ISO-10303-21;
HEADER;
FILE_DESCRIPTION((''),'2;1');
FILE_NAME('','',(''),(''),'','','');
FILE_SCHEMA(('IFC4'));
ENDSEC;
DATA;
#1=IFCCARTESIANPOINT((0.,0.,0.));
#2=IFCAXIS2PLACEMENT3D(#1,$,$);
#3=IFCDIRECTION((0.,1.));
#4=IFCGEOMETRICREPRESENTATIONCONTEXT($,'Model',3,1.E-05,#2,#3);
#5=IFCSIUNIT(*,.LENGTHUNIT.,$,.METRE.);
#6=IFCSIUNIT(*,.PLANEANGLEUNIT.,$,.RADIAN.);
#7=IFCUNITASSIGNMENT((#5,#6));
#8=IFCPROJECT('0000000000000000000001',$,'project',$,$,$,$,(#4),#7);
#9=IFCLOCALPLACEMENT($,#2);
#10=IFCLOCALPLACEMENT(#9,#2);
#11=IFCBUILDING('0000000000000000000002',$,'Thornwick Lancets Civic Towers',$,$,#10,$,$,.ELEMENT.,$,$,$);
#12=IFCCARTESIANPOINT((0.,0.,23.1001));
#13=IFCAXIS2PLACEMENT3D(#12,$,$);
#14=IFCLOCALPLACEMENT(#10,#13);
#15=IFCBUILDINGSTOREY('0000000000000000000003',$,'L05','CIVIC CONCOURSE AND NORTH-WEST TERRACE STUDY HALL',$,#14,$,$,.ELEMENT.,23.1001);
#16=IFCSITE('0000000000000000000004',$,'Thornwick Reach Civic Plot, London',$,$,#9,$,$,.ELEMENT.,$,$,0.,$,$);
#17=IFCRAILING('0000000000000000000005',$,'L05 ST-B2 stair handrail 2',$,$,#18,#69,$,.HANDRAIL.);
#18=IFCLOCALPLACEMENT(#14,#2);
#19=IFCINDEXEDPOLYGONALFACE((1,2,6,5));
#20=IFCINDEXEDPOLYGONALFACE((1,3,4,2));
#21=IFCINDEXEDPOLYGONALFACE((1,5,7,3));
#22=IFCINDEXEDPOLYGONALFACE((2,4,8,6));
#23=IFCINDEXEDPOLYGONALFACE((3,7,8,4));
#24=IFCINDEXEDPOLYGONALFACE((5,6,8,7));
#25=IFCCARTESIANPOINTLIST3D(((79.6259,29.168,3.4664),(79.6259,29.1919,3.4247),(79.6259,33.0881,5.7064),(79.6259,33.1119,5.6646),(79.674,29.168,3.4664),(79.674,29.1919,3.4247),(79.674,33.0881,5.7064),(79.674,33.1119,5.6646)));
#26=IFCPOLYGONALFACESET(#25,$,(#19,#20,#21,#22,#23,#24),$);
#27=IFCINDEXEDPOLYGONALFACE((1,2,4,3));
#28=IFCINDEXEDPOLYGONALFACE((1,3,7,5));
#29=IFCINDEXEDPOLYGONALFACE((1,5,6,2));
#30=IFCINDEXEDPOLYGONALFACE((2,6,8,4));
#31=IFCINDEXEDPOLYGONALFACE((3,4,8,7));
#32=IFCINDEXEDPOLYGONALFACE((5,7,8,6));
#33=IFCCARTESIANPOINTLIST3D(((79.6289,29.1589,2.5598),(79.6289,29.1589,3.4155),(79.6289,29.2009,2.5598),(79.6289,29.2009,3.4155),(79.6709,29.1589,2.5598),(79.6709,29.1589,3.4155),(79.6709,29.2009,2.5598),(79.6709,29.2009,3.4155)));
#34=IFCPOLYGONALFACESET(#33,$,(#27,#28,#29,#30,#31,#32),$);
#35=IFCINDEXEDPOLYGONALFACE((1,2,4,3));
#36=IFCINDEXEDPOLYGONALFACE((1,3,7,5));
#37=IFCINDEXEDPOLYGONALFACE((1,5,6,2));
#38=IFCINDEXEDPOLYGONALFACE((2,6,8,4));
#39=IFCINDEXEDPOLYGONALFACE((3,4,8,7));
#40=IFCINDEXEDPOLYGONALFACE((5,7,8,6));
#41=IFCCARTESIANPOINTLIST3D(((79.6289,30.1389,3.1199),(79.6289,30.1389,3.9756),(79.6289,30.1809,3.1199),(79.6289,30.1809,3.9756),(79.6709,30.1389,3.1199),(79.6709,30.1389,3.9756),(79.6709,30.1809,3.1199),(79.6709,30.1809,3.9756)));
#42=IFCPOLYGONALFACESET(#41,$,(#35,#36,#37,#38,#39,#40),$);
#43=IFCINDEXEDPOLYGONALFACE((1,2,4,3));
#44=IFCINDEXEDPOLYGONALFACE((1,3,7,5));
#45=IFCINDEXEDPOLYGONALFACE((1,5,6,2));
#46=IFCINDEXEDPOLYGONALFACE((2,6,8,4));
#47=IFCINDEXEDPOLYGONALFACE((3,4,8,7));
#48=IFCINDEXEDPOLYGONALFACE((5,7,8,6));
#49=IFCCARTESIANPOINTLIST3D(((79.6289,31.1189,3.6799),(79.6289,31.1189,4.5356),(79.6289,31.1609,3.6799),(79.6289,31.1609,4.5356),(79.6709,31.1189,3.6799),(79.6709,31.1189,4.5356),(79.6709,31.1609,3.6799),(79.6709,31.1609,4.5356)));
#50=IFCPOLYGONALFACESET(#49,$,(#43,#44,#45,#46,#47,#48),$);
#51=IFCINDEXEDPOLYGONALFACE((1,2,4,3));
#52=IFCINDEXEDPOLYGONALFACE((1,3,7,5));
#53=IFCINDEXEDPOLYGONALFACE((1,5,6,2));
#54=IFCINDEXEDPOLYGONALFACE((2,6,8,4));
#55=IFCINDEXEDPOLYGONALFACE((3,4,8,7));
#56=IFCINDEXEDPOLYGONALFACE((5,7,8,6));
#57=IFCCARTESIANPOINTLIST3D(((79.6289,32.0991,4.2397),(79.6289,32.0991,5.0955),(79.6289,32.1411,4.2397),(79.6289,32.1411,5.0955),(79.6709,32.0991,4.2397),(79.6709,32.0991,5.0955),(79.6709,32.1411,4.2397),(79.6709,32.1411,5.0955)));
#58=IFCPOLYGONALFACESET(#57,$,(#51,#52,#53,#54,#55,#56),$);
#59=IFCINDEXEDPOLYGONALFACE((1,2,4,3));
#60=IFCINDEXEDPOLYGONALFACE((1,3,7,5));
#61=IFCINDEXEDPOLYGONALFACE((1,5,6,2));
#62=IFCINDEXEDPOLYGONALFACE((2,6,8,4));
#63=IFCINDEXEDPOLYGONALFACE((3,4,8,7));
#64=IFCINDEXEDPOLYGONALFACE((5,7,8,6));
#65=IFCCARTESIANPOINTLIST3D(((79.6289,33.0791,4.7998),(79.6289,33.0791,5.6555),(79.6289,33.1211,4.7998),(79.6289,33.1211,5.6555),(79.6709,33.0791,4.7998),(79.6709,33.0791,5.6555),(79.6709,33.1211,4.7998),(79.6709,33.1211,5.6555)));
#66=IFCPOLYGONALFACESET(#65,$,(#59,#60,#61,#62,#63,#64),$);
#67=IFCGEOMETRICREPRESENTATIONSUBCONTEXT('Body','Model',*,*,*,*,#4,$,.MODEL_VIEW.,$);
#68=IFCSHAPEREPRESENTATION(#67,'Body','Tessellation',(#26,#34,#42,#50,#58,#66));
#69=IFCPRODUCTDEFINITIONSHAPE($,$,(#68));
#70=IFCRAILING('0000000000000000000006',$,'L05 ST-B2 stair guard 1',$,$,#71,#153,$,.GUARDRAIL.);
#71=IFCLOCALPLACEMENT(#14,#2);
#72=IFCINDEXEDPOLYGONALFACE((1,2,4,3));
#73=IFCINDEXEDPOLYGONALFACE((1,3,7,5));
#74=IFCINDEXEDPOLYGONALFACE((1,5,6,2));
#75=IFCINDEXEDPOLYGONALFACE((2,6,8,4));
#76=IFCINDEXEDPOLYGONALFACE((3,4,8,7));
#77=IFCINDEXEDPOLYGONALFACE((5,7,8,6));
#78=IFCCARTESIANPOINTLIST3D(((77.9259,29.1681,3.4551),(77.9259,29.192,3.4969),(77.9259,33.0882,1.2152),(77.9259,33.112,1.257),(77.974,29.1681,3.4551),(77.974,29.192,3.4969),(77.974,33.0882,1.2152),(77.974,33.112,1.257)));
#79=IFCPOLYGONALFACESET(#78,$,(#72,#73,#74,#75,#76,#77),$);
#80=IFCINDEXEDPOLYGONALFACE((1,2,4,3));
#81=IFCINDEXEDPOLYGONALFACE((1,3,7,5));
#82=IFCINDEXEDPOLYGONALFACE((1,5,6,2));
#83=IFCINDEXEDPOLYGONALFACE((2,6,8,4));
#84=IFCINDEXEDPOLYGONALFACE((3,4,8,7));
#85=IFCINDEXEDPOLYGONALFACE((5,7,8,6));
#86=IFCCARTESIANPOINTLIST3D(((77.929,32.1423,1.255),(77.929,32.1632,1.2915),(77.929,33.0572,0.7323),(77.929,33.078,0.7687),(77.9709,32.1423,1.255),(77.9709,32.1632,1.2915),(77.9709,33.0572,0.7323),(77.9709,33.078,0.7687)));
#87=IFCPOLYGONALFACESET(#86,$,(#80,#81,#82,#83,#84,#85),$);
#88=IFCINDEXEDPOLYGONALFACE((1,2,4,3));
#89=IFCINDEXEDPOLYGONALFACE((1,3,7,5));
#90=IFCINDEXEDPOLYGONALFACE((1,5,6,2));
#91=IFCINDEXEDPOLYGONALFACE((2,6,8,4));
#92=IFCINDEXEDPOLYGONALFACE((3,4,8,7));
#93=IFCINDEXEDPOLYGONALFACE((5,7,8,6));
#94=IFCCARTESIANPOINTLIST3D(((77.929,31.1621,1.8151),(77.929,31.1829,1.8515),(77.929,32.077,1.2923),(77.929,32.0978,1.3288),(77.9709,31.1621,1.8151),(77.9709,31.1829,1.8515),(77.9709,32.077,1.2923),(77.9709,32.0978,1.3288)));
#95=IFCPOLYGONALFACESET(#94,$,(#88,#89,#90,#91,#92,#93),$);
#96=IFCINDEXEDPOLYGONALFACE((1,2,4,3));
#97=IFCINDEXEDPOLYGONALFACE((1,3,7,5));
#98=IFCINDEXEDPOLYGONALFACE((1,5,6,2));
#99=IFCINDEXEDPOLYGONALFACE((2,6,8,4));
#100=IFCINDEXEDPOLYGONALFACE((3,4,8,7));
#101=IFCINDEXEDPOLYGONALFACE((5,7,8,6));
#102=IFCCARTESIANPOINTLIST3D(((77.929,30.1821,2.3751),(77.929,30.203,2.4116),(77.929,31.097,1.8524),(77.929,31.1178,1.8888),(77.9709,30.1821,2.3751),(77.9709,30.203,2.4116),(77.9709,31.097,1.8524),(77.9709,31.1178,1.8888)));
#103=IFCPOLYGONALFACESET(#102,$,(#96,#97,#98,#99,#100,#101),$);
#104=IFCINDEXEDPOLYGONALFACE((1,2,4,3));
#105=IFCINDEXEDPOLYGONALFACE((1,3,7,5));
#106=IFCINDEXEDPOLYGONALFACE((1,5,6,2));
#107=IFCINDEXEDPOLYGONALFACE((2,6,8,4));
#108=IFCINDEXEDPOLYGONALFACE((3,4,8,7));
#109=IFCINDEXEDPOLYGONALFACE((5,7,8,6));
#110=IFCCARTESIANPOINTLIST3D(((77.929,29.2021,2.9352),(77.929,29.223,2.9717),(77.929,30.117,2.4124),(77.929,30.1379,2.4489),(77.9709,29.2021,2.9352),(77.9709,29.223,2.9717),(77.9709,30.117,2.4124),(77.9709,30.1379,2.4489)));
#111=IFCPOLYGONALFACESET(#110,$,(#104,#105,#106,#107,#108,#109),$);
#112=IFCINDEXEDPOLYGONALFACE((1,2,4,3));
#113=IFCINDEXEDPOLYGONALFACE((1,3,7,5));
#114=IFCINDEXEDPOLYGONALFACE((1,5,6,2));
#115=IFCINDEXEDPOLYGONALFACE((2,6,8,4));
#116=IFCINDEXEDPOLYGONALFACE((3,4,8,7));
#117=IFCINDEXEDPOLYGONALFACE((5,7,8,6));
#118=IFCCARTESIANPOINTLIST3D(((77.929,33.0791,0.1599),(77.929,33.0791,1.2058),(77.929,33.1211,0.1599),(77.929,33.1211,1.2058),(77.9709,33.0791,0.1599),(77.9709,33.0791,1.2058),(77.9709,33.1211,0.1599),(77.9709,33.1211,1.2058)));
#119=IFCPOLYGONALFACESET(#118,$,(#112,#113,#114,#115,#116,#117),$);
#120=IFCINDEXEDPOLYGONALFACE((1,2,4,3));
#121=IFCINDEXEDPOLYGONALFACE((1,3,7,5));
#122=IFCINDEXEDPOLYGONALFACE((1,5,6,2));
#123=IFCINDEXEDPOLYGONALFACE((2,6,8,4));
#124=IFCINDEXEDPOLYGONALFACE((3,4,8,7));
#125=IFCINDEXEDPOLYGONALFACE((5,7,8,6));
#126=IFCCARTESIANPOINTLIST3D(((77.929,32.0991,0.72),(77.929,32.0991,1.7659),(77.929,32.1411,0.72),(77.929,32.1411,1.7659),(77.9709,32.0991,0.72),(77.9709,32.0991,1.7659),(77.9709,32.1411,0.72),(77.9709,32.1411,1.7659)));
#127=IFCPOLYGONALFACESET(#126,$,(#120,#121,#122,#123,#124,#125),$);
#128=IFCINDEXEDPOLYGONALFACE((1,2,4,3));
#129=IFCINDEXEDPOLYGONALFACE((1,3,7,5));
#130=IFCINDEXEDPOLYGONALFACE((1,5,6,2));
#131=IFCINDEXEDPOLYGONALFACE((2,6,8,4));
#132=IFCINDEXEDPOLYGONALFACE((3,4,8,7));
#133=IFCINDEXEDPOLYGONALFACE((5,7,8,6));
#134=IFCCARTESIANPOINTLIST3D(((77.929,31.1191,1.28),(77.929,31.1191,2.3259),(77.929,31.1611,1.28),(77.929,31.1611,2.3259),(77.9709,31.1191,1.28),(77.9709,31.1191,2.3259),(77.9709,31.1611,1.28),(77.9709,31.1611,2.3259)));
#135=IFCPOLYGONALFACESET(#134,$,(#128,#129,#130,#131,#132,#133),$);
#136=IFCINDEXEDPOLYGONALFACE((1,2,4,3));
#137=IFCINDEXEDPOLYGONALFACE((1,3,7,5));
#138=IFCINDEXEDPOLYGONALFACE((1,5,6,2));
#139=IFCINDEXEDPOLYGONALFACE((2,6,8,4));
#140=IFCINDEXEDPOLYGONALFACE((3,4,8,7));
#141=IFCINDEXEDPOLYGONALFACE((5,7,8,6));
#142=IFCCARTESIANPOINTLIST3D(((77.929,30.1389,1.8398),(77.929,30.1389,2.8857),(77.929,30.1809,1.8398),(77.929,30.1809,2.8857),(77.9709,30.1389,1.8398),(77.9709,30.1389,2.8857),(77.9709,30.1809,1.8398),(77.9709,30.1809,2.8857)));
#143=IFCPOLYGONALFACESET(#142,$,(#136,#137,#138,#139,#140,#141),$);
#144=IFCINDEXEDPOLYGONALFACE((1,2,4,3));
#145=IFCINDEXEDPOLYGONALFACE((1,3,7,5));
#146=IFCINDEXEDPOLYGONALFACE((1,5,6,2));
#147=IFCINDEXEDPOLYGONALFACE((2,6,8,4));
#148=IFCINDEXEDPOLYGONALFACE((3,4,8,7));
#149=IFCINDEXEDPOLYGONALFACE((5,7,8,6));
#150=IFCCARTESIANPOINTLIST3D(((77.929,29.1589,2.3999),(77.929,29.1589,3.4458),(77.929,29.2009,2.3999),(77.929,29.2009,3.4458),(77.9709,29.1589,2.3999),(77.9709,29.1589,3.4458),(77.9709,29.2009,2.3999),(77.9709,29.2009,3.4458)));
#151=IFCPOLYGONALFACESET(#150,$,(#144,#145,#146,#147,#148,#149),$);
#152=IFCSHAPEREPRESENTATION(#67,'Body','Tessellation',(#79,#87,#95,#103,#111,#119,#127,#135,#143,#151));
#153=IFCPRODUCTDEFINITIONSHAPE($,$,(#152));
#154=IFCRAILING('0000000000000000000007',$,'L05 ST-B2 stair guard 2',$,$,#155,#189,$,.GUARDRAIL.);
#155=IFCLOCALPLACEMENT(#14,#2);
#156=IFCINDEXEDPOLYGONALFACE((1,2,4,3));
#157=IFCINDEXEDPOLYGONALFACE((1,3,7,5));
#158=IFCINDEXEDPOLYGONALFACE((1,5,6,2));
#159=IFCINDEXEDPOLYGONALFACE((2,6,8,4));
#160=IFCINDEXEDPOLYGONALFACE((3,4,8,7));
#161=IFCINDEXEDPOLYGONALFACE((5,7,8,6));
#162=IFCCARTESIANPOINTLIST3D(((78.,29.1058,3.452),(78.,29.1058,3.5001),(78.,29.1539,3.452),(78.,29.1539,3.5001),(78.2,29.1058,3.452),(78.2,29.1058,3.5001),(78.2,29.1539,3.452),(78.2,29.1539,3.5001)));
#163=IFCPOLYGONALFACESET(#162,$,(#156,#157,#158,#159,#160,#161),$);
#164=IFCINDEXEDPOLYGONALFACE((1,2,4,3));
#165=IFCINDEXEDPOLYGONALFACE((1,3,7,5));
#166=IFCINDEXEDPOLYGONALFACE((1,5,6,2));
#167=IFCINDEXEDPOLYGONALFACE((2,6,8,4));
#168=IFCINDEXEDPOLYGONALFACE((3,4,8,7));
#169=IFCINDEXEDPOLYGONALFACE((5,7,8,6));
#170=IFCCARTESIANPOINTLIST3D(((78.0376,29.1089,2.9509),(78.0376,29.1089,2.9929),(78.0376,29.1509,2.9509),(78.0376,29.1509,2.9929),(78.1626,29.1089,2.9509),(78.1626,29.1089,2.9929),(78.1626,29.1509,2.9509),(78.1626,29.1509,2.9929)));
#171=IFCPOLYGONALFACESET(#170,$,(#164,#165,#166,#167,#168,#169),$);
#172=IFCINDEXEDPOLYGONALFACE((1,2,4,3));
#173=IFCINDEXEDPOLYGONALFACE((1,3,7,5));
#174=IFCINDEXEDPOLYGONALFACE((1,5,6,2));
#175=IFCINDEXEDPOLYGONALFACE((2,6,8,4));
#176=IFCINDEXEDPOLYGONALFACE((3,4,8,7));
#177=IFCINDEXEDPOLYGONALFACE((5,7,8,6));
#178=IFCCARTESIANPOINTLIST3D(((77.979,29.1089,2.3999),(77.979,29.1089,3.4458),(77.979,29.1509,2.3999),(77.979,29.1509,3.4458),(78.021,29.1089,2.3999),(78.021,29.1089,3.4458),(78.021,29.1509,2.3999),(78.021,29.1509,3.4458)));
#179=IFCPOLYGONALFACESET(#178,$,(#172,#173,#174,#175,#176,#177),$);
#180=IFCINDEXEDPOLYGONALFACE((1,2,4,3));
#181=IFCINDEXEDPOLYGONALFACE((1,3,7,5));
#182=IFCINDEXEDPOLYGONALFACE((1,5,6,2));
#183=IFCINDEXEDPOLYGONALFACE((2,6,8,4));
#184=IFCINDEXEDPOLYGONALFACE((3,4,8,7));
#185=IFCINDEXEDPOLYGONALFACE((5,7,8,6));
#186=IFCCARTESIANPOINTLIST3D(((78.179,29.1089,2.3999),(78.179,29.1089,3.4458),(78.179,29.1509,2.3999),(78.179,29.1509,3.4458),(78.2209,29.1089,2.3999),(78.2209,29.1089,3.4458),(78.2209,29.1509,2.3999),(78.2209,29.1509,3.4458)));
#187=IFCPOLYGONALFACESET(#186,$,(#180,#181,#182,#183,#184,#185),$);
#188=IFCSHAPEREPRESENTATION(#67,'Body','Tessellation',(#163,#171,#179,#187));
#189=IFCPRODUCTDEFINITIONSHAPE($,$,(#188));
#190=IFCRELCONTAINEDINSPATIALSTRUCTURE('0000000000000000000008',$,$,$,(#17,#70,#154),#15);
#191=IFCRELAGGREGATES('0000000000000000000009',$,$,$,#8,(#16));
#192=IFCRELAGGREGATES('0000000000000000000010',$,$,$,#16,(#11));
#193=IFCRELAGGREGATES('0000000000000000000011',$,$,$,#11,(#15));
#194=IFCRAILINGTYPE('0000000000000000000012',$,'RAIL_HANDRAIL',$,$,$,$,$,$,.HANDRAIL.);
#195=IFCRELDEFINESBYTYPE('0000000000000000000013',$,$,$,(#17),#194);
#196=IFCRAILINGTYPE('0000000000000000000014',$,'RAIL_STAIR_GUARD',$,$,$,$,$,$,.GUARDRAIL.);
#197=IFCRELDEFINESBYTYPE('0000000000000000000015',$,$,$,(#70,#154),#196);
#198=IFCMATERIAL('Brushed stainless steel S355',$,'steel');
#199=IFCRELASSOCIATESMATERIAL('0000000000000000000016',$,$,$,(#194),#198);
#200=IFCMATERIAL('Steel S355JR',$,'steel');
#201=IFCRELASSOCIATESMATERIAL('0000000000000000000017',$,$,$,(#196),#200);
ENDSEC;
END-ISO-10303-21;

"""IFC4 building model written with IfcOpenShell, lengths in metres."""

from ifc_helpers import new_model, si_unit, direction, frame, origin, origin_2d, place, context, subcontext, project, spatial, rectangle, extrude, material, type_object, element, save


model = new_model("IFC4")

# Units and contexts
model_context = context("Model", 3, precision=1e-05, world=origin(), true_north=direction((0.0, 1.0)))
body_context = subcontext(model_context, "Body", "Model", "MODEL_VIEW")
ifc_project = project(units=[si_unit("LENGTHUNIT", "METRE"), si_unit("PLANEANGLEUNIT", "RADIAN")], contexts=[model_context])

# Site, building, storey
site_placement = place(None, origin())
site = spatial("IfcSite", under=ifc_project, at=site_placement, Name="Thornwick Reach Civic Plot, London", CompositionType="ELEMENT", RefElevation=0.0)
building_placement = place(site_placement, origin())
building = spatial("IfcBuilding", under=site, at=building_placement, Name="Thornwick Lancets Civic Towers", CompositionType="ELEMENT")
storey_placement = place(building_placement, frame((0.0, 0.0, 23.1001)))
storey = spatial("IfcBuildingStorey", under=building, at=storey_placement, Name="L05", Description="CIVIC CONCOURSE AND NORTH-WEST TERRACE STUDY HALL", CompositionType="ELEMENT", Elevation=23.1001)

# Railings
ifc_material_1 = material(Name="Brushed stainless steel S355", Category="steel")
railing_type_1 = type_object("IfcRailingType", Name="RAIL_HANDRAIL", PredefinedType="HANDRAIL", material=ifc_material_1)
railing_1_placement = place(storey_placement, frame((79.6499, 29.1799, 2.5598)))
element("IfcRailing", 1, at=railing_1_placement, inside=storey, type_object=railing_type_1, Name="L05 ST-B2 stair handrail 2", PredefinedType="HANDRAIL", context=body_context, shape_type="SweptSolid", body=[
    extrude(rectangle(XDim=0.0481, YDim=0.0481, at=origin_2d()), frame((0.0, 0.0, 0.8857), z_axis=(0.0, 0.868253, 0.496121), x_axis=(-1.0, 0.0, 0.0)), (0.0, 0.0, 1.0), 4.5149),
    extrude(rectangle(XDim=0.042, YDim=0.042, at=origin_2d()), origin(), (0.0, 0.0, 1.0), 0.8557),
    extrude(rectangle(XDim=0.042, YDim=0.042, at=origin_2d()), frame((0.0, 0.98, 0.5601)), (0.0, 0.0, 1.0), 0.8557),
    extrude(rectangle(XDim=0.042, YDim=0.042, at=origin_2d()), frame((0.0, 1.96, 1.1201)), (0.0, 0.0, 1.0), 0.8557),
    extrude(rectangle(XDim=0.042, YDim=0.042, at=origin_2d()), frame((0.0, 2.9402, 1.6799)), (0.0, 0.0, 1.0), 0.8557),
    extrude(rectangle(XDim=0.042, YDim=0.042, at=origin_2d()), frame((0.0, 3.9202, 2.24)), (0.0, 0.0, 1.0), 0.8557),
])
ifc_material_2 = material(Name="Steel S355JR", Category="steel")
railing_type_2 = type_object("IfcRailingType", Name="RAIL_STAIR_GUARD", PredefinedType="GUARDRAIL", material=ifc_material_2)
railing_2_placement = place(storey_placement, frame((77.95, 33.1001, 0.1599)))
element("IfcRailing", 2, at=railing_2_placement, inside=storey, type_object=railing_type_2, Name="L05 ST-B2 stair guard 1", PredefinedType="GUARDRAIL", context=body_context, shape_type="SweptSolid", body=[
    extrude(rectangle(XDim=0.0481, YDim=0.0481, at=origin_2d()), frame((0.0, 0.0, 1.0762), z_axis=(0.0, -0.868253, 0.496121), x_axis=(1.0, 0.0, 0.0)), (0.0, 0.0, 1.0), 4.5149),
    extrude(rectangle(XDim=0.042, YDim=0.042, at=origin_2d()), frame((0.0, -0.0325, 0.5906), z_axis=(0.0, -0.868253, 0.496121), x_axis=(1.0, 0.0, 0.0)), (0.0, 0.0, 1.0), 1.0537),
    extrude(rectangle(XDim=0.042, YDim=0.042, at=origin_2d()), frame((0.0, -1.0127, 1.1506), z_axis=(0.0, -0.868253, 0.496121), x_axis=(1.0, 0.0, 0.0)), (0.0, 0.0, 1.0), 1.0537),
    extrude(rectangle(XDim=0.042, YDim=0.042, at=origin_2d()), frame((0.0, -1.9927, 1.7107), z_axis=(0.0, -0.868253, 0.496121), x_axis=(1.0, 0.0, 0.0)), (0.0, 0.0, 1.0), 1.0537),
    extrude(rectangle(XDim=0.042, YDim=0.042, at=origin_2d()), frame((0.0, -2.9727, 2.2708), z_axis=(0.0, -0.868253, 0.496121), x_axis=(1.0, 0.0, 0.0)), (0.0, 0.0, 1.0), 1.0537),
    extrude(rectangle(XDim=0.042, YDim=0.042, at=origin_2d()), origin(), (0.0, 0.0, 1.0), 1.0459),
    extrude(rectangle(XDim=0.042, YDim=0.042, at=origin_2d()), frame((0.0, -0.98, 0.5601)), (0.0, 0.0, 1.0), 1.0459),
    extrude(rectangle(XDim=0.042, YDim=0.042, at=origin_2d()), frame((0.0, -1.96, 1.1201)), (0.0, 0.0, 1.0), 1.0459),
    extrude(rectangle(XDim=0.042, YDim=0.042, at=origin_2d()), frame((0.0, -2.9402, 1.6799)), (0.0, 0.0, 1.0), 1.0459),
    extrude(rectangle(XDim=0.042, YDim=0.042, at=origin_2d()), frame((0.0, -3.9202, 2.24)), (0.0, 0.0, 1.0), 1.0459),
])
railing_3_placement = place(storey_placement, frame((78.0, 29.1299, 2.3999)))
element("IfcRailing", 3, at=railing_3_placement, inside=storey, type_object=railing_type_2, Name="L05 ST-B2 stair guard 2", PredefinedType="GUARDRAIL", context=body_context, shape_type="SweptSolid", body=[
    extrude(rectangle(XDim=0.0481, YDim=0.0481, at=origin_2d()), frame((0.0, 0.0, 1.0762), z_axis=(1.0, 0.0, 0.0), x_axis=(0.0, 1.0, 0.0)), (0.0, 0.0, 1.0), 0.2),
    extrude(rectangle(XDim=0.042, YDim=0.042, at=origin_2d()), frame((0.0376, 0.0, 0.572), z_axis=(1.0, 0.0, 0.0), x_axis=(0.0, 1.0, 0.0)), (0.0, 0.0, 1.0), 0.125),
    extrude(rectangle(XDim=0.042, YDim=0.042, at=origin_2d()), origin(), (0.0, 0.0, 1.0), 1.0459),
    extrude(rectangle(XDim=0.042, YDim=0.042, at=origin_2d()), frame((0.2, 0.0, 0.0)), (0.0, 0.0, 1.0), 1.0459),
])

save(model, "model.ifc")
